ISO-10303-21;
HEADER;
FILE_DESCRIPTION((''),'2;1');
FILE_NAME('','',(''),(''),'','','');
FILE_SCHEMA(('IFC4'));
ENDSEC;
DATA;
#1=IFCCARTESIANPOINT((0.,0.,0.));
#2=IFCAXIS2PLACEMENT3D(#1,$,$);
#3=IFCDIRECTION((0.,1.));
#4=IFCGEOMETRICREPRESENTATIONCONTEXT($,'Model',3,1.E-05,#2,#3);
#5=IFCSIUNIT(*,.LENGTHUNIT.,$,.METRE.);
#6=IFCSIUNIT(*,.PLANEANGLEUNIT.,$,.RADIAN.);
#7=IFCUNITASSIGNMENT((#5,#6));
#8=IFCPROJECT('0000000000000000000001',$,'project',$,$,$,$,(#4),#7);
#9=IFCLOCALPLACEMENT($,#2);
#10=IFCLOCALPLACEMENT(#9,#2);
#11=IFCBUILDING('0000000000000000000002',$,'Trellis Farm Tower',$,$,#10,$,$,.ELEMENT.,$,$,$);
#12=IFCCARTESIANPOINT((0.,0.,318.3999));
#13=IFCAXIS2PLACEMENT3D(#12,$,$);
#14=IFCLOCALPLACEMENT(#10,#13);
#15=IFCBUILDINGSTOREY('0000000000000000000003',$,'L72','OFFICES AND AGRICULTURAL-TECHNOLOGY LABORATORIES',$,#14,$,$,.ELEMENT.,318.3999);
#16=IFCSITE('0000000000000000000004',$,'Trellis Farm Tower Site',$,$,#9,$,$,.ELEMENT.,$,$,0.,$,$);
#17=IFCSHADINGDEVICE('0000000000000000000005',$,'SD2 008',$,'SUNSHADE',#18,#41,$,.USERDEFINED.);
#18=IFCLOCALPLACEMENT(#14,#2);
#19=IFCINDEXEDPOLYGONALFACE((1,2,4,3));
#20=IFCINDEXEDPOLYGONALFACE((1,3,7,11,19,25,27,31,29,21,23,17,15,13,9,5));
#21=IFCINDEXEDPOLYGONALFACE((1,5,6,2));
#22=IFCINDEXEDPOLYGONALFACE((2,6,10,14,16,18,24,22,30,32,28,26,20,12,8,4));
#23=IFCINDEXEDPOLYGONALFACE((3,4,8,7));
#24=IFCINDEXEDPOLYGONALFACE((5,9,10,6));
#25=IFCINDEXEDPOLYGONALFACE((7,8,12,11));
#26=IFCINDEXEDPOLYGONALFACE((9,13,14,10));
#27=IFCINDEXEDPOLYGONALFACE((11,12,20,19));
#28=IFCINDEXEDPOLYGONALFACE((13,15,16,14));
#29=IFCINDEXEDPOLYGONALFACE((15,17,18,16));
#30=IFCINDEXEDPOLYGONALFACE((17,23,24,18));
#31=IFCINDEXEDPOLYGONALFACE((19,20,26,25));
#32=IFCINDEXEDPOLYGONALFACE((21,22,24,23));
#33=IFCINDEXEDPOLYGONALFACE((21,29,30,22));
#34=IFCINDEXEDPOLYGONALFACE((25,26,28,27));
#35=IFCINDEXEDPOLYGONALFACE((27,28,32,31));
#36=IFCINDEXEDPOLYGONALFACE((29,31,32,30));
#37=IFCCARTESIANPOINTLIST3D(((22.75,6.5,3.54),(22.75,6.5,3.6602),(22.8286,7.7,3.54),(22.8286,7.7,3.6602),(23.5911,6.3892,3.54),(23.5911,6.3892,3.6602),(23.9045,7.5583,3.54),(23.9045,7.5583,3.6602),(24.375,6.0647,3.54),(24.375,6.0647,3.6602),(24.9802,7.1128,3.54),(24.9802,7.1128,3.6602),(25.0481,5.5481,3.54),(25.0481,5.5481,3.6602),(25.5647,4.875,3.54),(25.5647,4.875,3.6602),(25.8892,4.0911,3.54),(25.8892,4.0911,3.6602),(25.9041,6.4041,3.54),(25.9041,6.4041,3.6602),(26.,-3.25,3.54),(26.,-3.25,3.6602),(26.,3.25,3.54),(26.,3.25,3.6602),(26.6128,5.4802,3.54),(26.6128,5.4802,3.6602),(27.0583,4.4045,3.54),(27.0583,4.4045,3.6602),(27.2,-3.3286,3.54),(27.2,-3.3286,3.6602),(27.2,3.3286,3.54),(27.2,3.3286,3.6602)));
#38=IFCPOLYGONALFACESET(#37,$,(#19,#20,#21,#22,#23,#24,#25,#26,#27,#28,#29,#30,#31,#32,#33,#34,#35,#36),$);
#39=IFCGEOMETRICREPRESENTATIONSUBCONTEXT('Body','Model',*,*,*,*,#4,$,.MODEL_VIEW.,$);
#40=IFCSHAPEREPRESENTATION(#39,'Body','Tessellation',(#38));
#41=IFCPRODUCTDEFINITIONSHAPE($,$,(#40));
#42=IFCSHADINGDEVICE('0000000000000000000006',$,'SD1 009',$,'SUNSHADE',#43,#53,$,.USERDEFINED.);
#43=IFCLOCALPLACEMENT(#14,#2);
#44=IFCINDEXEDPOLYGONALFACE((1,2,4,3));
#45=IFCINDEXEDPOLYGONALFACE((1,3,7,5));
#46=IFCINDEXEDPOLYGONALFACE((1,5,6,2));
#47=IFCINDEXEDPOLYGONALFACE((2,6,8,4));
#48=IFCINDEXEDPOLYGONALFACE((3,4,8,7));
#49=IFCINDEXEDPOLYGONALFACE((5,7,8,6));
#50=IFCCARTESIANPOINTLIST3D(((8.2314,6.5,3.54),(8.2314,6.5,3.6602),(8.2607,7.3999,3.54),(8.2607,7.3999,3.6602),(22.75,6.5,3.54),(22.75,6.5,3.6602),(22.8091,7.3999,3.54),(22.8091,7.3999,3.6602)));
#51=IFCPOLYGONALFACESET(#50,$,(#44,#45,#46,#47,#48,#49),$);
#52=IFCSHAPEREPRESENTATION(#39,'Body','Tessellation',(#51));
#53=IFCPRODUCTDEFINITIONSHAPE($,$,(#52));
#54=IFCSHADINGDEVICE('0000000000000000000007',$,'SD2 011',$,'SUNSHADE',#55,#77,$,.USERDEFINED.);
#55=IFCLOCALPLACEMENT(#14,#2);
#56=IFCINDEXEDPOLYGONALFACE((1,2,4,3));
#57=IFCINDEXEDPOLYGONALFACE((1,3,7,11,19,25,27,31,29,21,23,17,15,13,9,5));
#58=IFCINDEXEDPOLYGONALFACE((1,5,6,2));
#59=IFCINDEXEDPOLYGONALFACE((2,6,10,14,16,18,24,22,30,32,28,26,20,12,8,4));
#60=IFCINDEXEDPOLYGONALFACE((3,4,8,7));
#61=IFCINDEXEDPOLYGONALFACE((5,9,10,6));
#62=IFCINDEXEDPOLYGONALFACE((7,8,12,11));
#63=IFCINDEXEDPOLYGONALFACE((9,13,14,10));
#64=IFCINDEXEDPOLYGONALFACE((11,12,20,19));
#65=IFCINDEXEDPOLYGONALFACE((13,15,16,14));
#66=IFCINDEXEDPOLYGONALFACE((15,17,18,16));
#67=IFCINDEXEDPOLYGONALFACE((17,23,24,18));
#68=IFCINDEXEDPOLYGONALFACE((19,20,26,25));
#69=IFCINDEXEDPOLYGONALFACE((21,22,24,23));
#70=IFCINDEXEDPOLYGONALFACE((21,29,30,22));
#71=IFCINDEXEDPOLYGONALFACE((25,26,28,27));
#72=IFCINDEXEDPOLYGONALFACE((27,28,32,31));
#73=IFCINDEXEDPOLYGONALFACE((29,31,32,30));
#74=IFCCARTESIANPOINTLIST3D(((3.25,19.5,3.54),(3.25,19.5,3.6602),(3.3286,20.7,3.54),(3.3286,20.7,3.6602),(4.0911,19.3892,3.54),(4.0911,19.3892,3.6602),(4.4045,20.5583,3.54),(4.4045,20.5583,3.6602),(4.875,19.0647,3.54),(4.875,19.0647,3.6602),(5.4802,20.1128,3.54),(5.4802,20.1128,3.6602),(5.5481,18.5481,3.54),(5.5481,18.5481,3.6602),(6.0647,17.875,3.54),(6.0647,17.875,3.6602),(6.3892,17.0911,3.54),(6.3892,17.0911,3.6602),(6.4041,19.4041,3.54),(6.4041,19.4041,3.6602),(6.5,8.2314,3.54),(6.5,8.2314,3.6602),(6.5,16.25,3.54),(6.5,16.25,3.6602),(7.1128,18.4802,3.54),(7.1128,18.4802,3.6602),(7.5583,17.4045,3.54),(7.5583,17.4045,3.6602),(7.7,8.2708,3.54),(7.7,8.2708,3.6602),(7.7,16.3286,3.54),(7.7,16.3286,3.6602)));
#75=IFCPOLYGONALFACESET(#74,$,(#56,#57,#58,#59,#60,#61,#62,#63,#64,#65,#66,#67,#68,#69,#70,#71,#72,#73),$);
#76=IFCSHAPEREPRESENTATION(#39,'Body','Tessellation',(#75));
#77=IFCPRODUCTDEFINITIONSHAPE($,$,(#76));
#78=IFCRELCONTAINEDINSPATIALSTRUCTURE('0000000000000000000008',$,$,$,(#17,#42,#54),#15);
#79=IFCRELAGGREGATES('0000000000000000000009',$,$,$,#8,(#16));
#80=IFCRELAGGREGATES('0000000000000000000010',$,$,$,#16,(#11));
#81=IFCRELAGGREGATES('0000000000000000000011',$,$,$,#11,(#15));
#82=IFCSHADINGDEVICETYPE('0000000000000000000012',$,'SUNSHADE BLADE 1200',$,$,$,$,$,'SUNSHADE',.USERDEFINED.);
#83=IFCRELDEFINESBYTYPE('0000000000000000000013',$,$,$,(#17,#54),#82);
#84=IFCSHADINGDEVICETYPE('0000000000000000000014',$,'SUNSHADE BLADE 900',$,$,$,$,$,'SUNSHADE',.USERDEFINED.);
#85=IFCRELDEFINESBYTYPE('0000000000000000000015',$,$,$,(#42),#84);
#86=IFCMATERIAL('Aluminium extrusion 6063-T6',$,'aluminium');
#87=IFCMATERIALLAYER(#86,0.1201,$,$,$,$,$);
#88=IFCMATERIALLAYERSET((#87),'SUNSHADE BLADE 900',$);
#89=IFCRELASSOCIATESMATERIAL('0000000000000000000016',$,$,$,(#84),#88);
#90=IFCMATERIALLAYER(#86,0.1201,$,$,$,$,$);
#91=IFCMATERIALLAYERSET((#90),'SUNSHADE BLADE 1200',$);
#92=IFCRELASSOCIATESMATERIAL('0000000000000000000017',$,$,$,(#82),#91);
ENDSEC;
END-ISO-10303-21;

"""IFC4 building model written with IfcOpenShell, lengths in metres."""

from ifc_helpers import new_model, si_unit, direction, frame, origin, place, context, subcontext, project, spatial, polyline, outline, extrude, source, transform, mapped, material, layer, layer_set, type_object, element, save


model = new_model("IFC4")

# Units and contexts
model_context = context("Model", 3, precision=1e-05, world=origin(), true_north=direction((0.0, 1.0)))
body_context = subcontext(model_context, "Body", "Model", "MODEL_VIEW")
ifc_project = project(units=[si_unit("LENGTHUNIT", "METRE"), si_unit("PLANEANGLEUNIT", "RADIAN")], contexts=[model_context])

# Site, building, storey
site_placement = place(None, origin())
site = spatial("IfcSite", under=ifc_project, at=site_placement, Name="Trellis Farm Tower Site", CompositionType="ELEMENT", RefElevation=0.0)
building_placement = place(site_placement, origin())
building = spatial("IfcBuilding", under=site, at=building_placement, Name="Trellis Farm Tower", CompositionType="ELEMENT")
storey_placement = place(building_placement, frame((0.0, 0.0, 318.3999)))
storey = spatial("IfcBuildingStorey", under=building, at=storey_placement, Name="L72", Description="OFFICES AND AGRICULTURAL-TECHNOLOGY LABORATORIES", CompositionType="ELEMENT", Elevation=318.3999)

# Shared definitions
ifc_material_1 = material(Name="Aluminium extrusion 6063-T6", Category="aluminium")

# Shading devices
ifc_layer_1 = layer(ifc_material_1, 0.1201)
ifc_layer_set_1 = layer_set([ifc_layer_1], Name="SUNSHADE BLADE 900")
shading_device_type_1 = type_object("IfcShadingDeviceType", Name="SUNSHADE BLADE 900", ElementType="SUNSHADE", PredefinedType="USERDEFINED", material=ifc_layer_set_1)
placement_1 = place(storey_placement, frame((0.0, 0.0, 3.54)))
ifc_layer_2 = layer(ifc_material_1, 0.1201)
ifc_layer_set_2 = layer_set([ifc_layer_2], Name="SUNSHADE BLADE 1200")
shading_device_type_2 = type_object("IfcShadingDeviceType", Name="SUNSHADE BLADE 1200", ElementType="SUNSHADE", PredefinedType="USERDEFINED", material=ifc_layer_set_2)
shared_shape_1 = source(origin(), body_context, "Body", "SweptSolid", [
    extrude(outline(polyline([(27.2, -3.3286), (27.2, 3.3286), (27.0583, 4.4045), (26.6128, 5.4802), (25.9041, 6.4041), (24.9802, 7.1128), (23.9045, 7.5583), (22.8286, 7.7), (22.75, 6.5), (23.5911, 6.3892), (24.375, 6.0647), (25.0481, 5.5481), (25.5647, 4.875), (25.8892, 4.0911), (26.0, 3.25), (26.0, -3.25), (27.2, -3.3286)])), origin(), (0.0, 0.0, 1.0), 0.1201),
])
element("IfcShadingDevice", 1, at=placement_1, inside=storey, type_object=shading_device_type_2, Name="SD2 008", ObjectType="SUNSHADE", PredefinedType="USERDEFINED", context=body_context, shape_type="MappedRepresentation", body=[
    mapped(shared_shape_1, transform((0.0, 0.0, 0.0))),
])
shared_shape_2 = source(origin(), body_context, "Body", "SweptSolid", [
    extrude(outline(polyline([(22.8091, 7.3999), (8.2607, 7.3999), (8.2314, 6.5), (22.75, 6.5), (22.8091, 7.3999)])), origin(), (0.0, 0.0, 1.0), 0.1201),
])
element("IfcShadingDevice", 2, at=placement_1, inside=storey, type_object=shading_device_type_1, Name="SD1 009", ObjectType="SUNSHADE", PredefinedType="USERDEFINED", context=body_context, shape_type="MappedRepresentation", body=[
    mapped(shared_shape_2, transform((0.0, 0.0, 0.0))),
])
shared_shape_3 = source(origin(), body_context, "Body", "SweptSolid", [
    extrude(outline(polyline([(7.7, 8.2708), (7.7, 16.3286), (7.5583, 17.4045), (7.1128, 18.4802), (6.4041, 19.4041), (5.4802, 20.1128), (4.4045, 20.5583), (3.3286, 20.7), (3.25, 19.5), (4.0911, 19.3892), (4.875, 19.0647), (5.5481, 18.5481), (6.0647, 17.875), (6.3892, 17.0911), (6.5, 16.25), (6.5, 8.2314), (7.7, 8.2708)])), origin(), (0.0, 0.0, 1.0), 0.1201),
])
element("IfcShadingDevice", 3, at=placement_1, inside=storey, type_object=shading_device_type_2, Name="SD2 011", ObjectType="SUNSHADE", PredefinedType="USERDEFINED", context=body_context, shape_type="MappedRepresentation", body=[
    mapped(shared_shape_3, transform((0.0, 0.0, 0.0))),
])

save(model, "model.ifc")
